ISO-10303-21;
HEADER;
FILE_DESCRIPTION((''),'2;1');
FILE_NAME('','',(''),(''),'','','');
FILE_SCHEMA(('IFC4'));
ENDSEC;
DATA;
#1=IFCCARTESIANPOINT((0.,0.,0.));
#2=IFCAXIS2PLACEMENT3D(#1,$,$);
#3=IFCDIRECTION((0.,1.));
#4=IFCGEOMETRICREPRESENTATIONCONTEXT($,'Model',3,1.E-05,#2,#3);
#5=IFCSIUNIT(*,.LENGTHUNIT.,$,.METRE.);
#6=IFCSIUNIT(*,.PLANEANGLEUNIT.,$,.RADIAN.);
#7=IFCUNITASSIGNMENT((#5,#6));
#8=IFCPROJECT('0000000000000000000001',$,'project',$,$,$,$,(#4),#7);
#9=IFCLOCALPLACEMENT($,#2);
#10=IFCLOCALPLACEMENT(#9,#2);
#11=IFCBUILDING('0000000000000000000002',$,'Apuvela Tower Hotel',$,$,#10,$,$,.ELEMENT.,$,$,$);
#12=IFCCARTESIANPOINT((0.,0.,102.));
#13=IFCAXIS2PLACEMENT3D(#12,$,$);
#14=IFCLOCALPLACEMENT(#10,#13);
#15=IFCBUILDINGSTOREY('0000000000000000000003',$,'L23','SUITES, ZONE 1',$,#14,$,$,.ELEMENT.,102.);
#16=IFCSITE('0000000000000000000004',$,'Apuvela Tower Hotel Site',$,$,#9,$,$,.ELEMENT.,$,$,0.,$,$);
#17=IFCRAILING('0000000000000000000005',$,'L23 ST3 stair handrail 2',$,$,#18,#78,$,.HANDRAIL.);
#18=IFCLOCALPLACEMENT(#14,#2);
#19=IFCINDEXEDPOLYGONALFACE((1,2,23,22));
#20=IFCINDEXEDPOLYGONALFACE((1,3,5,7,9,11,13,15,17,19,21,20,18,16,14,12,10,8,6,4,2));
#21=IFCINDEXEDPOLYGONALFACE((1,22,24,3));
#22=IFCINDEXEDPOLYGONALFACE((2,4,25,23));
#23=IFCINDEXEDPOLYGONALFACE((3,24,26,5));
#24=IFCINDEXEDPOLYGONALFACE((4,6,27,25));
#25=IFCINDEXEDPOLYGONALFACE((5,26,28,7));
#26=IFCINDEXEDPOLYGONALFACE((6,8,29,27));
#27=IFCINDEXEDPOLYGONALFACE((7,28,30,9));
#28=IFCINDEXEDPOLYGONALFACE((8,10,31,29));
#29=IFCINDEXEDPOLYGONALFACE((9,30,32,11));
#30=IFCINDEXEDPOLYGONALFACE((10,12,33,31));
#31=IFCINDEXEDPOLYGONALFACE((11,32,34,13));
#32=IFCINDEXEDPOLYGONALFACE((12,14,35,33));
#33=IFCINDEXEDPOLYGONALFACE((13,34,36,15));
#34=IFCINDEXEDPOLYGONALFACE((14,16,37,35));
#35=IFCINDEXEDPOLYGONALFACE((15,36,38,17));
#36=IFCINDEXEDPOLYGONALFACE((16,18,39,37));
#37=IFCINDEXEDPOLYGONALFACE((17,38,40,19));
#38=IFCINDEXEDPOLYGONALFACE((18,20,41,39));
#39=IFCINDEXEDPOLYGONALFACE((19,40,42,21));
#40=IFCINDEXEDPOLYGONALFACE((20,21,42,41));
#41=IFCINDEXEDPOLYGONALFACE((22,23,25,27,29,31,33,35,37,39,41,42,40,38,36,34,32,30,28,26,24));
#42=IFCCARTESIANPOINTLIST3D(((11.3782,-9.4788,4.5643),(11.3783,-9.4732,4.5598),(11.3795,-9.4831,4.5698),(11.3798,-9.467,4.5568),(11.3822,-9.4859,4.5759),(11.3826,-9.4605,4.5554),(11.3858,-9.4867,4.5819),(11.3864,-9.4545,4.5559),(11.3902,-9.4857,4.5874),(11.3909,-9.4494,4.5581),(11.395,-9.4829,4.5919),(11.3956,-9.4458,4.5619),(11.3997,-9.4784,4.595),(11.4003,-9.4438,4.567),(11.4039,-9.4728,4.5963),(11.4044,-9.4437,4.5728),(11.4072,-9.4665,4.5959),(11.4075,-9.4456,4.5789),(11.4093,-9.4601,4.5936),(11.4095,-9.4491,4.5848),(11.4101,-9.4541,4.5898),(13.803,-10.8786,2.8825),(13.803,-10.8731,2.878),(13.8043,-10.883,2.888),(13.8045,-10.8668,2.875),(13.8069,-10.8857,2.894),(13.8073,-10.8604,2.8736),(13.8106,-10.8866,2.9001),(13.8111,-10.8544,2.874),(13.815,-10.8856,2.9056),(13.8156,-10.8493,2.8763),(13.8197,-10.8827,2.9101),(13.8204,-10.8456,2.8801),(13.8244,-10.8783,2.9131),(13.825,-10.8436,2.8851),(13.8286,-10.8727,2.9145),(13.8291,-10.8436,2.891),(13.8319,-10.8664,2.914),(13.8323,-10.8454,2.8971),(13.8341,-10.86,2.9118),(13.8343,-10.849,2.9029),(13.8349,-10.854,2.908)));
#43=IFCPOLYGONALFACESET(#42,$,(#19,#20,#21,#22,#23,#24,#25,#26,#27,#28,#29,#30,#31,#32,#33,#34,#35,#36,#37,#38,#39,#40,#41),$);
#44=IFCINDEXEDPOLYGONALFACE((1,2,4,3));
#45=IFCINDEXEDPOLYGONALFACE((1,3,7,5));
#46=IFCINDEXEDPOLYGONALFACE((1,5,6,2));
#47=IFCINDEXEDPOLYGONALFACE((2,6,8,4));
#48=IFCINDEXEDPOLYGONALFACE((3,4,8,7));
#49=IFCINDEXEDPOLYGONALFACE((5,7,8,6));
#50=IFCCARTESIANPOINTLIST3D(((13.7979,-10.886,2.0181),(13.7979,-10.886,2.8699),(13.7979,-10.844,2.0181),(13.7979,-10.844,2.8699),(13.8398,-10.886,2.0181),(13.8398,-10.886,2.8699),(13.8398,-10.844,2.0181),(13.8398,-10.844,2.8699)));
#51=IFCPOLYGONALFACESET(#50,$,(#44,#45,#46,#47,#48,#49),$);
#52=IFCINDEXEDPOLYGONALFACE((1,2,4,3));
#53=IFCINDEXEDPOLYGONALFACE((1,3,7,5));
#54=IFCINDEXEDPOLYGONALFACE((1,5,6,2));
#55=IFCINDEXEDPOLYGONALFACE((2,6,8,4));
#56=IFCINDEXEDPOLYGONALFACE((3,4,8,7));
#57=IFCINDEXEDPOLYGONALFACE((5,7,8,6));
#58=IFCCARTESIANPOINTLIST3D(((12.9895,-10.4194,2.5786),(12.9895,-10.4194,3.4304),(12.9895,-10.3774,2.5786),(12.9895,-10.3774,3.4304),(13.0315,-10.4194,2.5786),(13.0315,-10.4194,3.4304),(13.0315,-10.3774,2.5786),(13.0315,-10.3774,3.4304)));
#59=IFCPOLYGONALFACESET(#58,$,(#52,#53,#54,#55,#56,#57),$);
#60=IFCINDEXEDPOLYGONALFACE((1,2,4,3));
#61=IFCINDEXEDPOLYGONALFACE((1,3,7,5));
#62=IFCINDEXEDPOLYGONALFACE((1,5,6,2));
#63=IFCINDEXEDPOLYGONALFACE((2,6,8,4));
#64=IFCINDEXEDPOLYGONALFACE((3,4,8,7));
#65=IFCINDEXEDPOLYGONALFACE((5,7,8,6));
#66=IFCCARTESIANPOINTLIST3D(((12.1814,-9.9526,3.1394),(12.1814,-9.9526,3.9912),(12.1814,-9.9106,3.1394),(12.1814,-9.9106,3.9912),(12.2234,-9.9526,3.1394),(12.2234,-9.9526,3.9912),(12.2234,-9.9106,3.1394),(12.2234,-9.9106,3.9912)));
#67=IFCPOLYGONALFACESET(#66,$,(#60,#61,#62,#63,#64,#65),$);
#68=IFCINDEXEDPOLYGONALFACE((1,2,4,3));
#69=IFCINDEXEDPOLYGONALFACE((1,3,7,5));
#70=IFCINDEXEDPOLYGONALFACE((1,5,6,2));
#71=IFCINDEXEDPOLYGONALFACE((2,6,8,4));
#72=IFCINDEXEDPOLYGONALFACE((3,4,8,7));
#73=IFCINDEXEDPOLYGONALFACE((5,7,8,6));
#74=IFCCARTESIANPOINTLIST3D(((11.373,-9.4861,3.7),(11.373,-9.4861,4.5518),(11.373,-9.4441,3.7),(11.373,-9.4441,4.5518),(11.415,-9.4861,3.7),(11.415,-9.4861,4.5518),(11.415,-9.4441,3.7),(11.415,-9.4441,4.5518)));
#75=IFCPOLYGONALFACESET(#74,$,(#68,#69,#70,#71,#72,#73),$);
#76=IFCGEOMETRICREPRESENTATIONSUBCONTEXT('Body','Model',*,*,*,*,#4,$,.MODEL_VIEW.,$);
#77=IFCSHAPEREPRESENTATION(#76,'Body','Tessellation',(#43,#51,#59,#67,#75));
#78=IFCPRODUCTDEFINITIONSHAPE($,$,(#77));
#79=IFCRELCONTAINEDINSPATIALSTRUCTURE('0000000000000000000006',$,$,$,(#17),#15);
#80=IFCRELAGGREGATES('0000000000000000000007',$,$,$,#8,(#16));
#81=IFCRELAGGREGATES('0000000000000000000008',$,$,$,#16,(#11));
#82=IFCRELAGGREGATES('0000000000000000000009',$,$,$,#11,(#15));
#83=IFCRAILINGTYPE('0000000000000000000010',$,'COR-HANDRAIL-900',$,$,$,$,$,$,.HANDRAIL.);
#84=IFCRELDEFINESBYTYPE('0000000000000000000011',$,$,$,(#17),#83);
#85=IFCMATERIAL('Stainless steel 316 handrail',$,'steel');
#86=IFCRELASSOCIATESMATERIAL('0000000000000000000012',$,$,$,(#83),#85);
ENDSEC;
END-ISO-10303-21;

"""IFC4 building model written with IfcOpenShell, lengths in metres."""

from ifc_helpers import new_model, si_unit, direction, frame, origin, origin_2d, place, context, subcontext, project, spatial, rectangle, circle, extrude, material, type_object, element, save


model = new_model("IFC4")

# Units and contexts
model_context = context("Model", 3, precision=1e-05, world=origin(), true_north=direction((0.0, 1.0)))
body_context = subcontext(model_context, "Body", "Model", "MODEL_VIEW")
ifc_project = project(units=[si_unit("LENGTHUNIT", "METRE"), si_unit("PLANEANGLEUNIT", "RADIAN")], contexts=[model_context])

# Site, building, storey
site_placement = place(None, origin())
site = spatial("IfcSite", under=ifc_project, at=site_placement, Name="Apuvela Tower Hotel Site", CompositionType="ELEMENT", RefElevation=0.0)
building_placement = place(site_placement, origin())
building = spatial("IfcBuilding", under=site, at=building_placement, Name="Apuvela Tower Hotel", CompositionType="ELEMENT")
storey_placement = place(building_placement, frame((0.0, 0.0, 102.0)))
storey = spatial("IfcBuildingStorey", under=building, at=storey_placement, Name="L23", Description="SUITES, ZONE 1", CompositionType="ELEMENT", Elevation=102.0)

# Railing
ifc_material_1 = material(Name="Stainless steel 316 handrail", Category="steel")
railing_type_1 = type_object("IfcRailingType", Name="COR-HANDRAIL-900", PredefinedType="HANDRAIL", material=ifc_material_1)
railing_1_placement = place(storey_placement, frame((13.8188, -10.865, 2.0181)))
element("IfcRailing", 1, at=railing_1_placement, inside=storey, type_object=railing_type_1, Name="L23 ST3 stair handrail 2", PredefinedType="HANDRAIL", context=body_context, shape_type="SweptSolid", body=[
    extrude(circle(Radius=0.0239, at=origin_2d()), frame((0.0, 0.0, 0.876), z_axis=(-0.74239, 0.428601, 0.514934), x_axis=(-0.499984, -0.866035, 0.0)), (0.0, 0.0, 1.0), 3.2661),
    extrude(rectangle(XDim=0.042, YDim=0.042, at=origin_2d()), origin(), (0.0, 0.0, 1.0), 0.8518),
    extrude(rectangle(XDim=0.042, YDim=0.042, at=origin_2d()), frame((-0.8083, 0.4666, 0.5605)), (0.0, 0.0, 1.0), 0.8518),
    extrude(rectangle(XDim=0.042, YDim=0.042, at=origin_2d()), frame((-1.6165, 0.9333, 1.1213)), (0.0, 0.0, 1.0), 0.8518),
    extrude(rectangle(XDim=0.042, YDim=0.042, at=origin_2d()), frame((-2.4248, 1.3999, 1.6819)), (0.0, 0.0, 1.0), 0.8518),
])

save(model, "model.ifc")
